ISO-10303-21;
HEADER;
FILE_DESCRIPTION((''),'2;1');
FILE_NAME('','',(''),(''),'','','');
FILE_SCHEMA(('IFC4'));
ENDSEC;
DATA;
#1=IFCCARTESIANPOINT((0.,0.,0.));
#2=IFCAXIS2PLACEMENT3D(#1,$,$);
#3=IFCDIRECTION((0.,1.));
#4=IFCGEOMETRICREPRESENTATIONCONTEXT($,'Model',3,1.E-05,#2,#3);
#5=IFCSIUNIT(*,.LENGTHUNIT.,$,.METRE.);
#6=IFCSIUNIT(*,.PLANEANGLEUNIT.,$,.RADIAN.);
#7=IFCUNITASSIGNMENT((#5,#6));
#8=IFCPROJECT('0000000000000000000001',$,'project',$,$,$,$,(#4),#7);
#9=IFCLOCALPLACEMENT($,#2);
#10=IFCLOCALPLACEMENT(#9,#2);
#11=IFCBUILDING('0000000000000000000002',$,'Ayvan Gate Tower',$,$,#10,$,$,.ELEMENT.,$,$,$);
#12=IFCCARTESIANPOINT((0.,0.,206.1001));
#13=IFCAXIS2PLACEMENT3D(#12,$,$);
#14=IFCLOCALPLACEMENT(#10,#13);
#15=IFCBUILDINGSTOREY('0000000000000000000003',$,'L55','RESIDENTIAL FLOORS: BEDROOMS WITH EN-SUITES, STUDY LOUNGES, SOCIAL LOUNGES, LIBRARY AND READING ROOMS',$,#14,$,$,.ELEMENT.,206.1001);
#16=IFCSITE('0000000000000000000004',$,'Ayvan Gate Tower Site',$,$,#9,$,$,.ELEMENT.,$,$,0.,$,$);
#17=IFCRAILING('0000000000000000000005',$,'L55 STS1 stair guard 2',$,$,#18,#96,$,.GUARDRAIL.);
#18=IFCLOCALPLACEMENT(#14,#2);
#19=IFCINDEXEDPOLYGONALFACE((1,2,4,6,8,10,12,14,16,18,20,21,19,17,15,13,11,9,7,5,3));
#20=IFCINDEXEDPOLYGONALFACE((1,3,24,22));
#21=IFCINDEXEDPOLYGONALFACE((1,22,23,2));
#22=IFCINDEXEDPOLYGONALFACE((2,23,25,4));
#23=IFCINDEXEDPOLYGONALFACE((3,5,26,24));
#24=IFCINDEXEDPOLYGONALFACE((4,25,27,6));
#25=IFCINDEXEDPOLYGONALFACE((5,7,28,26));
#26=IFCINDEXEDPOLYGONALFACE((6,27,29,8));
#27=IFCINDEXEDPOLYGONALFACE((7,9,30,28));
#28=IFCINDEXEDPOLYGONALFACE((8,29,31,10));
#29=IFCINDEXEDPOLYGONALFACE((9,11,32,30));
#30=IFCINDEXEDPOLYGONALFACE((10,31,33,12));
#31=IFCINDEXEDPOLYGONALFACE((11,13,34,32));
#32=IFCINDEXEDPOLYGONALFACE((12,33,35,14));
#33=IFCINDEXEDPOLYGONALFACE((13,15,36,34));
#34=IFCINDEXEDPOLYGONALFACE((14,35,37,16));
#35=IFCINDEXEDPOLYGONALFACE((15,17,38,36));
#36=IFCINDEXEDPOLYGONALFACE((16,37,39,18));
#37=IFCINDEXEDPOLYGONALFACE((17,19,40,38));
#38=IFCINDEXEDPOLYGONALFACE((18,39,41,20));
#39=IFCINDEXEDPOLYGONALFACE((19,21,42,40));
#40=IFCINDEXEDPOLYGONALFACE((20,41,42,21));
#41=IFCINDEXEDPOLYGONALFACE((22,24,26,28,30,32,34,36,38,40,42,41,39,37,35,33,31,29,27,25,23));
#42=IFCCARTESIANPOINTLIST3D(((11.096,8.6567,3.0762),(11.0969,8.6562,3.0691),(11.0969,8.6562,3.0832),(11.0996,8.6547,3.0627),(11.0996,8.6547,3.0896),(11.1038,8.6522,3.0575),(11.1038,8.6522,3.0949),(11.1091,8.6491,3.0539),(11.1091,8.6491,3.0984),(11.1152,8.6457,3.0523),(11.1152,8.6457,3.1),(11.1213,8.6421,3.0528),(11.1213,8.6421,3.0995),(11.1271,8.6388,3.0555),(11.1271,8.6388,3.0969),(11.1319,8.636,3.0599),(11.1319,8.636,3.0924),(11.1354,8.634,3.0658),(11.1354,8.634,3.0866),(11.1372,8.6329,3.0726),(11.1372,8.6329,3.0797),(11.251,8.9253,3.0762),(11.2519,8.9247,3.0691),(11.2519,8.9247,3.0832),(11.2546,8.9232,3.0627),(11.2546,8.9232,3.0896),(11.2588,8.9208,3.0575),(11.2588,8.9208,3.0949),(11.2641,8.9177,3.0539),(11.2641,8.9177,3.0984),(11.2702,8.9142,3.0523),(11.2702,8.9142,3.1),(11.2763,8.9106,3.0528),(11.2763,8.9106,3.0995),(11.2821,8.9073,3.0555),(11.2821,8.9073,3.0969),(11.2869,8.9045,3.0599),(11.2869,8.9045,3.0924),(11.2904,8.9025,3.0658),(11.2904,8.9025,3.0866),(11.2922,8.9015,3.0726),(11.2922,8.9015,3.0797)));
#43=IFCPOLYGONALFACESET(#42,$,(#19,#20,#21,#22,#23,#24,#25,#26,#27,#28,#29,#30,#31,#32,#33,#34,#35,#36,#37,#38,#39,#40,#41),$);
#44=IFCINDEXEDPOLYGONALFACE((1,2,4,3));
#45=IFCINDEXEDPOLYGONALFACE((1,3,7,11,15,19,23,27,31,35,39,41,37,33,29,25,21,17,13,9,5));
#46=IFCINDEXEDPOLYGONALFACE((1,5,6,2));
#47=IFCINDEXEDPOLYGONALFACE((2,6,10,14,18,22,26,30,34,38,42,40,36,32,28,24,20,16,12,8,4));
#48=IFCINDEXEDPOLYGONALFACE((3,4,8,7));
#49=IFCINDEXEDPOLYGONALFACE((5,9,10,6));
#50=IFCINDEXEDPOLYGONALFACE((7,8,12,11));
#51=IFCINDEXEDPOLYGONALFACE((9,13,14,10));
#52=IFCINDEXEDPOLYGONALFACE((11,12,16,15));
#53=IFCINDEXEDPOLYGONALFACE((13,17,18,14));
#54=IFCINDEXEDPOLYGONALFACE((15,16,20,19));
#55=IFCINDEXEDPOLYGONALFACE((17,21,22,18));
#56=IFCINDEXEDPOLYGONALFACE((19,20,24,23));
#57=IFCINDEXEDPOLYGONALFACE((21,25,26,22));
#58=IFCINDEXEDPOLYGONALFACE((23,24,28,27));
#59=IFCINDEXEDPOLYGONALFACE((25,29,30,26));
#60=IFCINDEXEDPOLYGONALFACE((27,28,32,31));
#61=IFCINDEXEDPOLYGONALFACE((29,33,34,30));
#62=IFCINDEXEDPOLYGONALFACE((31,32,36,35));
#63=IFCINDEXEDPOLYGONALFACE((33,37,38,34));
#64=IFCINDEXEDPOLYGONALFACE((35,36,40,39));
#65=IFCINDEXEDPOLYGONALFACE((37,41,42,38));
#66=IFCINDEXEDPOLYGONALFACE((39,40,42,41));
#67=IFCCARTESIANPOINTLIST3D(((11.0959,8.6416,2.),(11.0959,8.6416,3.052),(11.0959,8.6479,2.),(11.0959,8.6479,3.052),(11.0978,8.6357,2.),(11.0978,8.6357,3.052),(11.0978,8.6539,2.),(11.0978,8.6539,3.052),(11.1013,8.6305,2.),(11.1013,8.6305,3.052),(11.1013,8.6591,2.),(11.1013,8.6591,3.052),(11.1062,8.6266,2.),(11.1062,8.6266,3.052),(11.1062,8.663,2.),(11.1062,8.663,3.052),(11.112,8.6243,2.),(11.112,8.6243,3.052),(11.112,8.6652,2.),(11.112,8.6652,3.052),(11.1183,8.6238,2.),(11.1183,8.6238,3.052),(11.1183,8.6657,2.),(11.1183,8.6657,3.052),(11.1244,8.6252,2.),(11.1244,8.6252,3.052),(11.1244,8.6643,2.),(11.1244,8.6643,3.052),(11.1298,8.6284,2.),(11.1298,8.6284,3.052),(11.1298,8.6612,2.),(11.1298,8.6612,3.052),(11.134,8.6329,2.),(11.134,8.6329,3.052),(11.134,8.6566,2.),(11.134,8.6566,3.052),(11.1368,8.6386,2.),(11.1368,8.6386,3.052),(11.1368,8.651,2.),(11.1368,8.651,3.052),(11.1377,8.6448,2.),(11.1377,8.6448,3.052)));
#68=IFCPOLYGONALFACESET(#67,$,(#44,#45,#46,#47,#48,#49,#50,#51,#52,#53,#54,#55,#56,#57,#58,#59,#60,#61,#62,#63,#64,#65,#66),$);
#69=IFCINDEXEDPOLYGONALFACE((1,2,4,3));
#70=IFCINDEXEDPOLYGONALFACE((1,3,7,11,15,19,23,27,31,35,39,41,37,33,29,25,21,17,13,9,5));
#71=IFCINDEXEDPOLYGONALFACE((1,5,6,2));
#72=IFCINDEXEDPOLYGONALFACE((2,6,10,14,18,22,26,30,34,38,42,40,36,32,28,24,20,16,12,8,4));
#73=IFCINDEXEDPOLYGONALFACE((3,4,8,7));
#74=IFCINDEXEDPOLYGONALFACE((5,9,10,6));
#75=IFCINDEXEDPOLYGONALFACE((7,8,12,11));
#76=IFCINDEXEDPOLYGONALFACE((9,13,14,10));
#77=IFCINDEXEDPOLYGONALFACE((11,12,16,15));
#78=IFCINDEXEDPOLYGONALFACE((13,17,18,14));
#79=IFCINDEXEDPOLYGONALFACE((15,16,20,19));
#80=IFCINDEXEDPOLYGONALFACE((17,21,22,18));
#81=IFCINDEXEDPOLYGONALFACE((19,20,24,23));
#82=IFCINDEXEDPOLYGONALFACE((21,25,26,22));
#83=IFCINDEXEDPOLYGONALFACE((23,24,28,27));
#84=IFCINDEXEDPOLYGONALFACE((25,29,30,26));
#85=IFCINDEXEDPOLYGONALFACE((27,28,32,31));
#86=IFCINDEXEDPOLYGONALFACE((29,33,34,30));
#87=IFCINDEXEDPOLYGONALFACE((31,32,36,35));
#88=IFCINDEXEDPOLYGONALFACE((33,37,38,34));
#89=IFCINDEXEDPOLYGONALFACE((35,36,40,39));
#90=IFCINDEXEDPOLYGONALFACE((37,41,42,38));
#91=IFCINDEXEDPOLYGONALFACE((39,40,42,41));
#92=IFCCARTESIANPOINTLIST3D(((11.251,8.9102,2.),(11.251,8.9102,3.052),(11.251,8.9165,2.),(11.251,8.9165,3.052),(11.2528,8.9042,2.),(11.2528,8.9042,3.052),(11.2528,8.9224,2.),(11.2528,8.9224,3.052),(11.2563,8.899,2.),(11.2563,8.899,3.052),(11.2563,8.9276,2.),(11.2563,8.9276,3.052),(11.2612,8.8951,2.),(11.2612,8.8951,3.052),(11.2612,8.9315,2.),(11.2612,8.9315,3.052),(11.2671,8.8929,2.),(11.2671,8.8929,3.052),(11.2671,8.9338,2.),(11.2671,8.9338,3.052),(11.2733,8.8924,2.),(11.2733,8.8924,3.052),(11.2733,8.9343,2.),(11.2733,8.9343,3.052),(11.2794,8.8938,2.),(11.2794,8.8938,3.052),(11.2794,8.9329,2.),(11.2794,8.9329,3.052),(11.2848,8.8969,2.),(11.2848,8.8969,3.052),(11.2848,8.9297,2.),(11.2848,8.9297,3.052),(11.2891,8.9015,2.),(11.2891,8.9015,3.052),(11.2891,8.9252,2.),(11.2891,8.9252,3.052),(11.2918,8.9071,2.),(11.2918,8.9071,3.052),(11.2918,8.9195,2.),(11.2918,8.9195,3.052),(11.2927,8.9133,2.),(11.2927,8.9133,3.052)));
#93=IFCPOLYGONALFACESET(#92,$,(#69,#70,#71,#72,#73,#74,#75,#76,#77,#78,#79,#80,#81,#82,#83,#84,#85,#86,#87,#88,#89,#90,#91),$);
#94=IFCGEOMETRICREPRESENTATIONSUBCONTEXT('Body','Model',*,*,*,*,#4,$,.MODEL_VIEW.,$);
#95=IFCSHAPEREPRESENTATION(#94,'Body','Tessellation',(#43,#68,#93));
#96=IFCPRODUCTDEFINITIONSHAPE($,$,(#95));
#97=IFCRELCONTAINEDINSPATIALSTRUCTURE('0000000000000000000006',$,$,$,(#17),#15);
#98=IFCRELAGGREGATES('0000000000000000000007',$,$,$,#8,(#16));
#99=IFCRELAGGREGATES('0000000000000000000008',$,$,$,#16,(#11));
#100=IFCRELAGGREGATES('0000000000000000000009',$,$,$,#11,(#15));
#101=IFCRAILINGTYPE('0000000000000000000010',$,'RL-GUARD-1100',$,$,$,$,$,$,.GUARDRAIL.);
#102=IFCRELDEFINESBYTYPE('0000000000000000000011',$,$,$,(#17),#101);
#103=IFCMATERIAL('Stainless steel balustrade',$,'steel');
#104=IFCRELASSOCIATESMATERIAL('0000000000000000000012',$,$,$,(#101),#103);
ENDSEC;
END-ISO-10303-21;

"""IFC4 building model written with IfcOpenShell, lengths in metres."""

from ifc_helpers import new_model, si_unit, direction, frame, origin, origin_2d, place, context, subcontext, project, spatial, circle, extrude, material, type_object, element, save


model = new_model("IFC4")

# Units and contexts
model_context = context("Model", 3, precision=1e-05, world=origin(), true_north=direction((0.0, 1.0)))
body_context = subcontext(model_context, "Body", "Model", "MODEL_VIEW")
ifc_project = project(units=[si_unit("LENGTHUNIT", "METRE"), si_unit("PLANEANGLEUNIT", "RADIAN")], contexts=[model_context])

# Site, building, storey
site_placement = place(None, origin())
site = spatial("IfcSite", under=ifc_project, at=site_placement, Name="Ayvan Gate Tower Site", CompositionType="ELEMENT", RefElevation=0.0)
building_placement = place(site_placement, origin())
building = spatial("IfcBuilding", under=site, at=building_placement, Name="Ayvan Gate Tower", CompositionType="ELEMENT")
storey_placement = place(building_placement, frame((0.0, 0.0, 206.1001)))
storey = spatial("IfcBuildingStorey", under=building, at=storey_placement, Name="L55", Description="RESIDENTIAL FLOORS: BEDROOMS WITH EN-SUITES, STUDY LOUNGES, SOCIAL LOUNGES, LIBRARY AND READING ROOMS", CompositionType="ELEMENT", Elevation=206.1001)

# Railing
ifc_material_1 = material(Name="Stainless steel balustrade", Category="steel")
railing_type_1 = type_object("IfcRailingType", Name="RL-GUARD-1100", PredefinedType="GUARDRAIL", material=ifc_material_1)
railing_1_placement = place(storey_placement, frame((11.1167, 8.6448, 2.0)))
element("IfcRailing", 1, at=railing_1_placement, inside=storey, type_object=railing_type_1, Name="L55 STS1 stair guard 2", PredefinedType="GUARDRAIL", context=body_context, shape_type="SweptSolid", body=[
    extrude(circle(Radius=0.0239, at=origin_2d()), frame((0.0, 0.0, 1.0762), z_axis=(0.49995, 0.866054, 0.0), x_axis=(-0.866054, 0.49995, 0.0)), (0.0, 0.0, 1.0), 0.3101),
    extrude(circle(Radius=0.021, at=origin_2d()), origin(), (0.0, 0.0, 1.0), 1.052),
    extrude(circle(Radius=0.021, at=origin_2d()), frame((0.155, 0.2686, 0.0)), (0.0, 0.0, 1.0), 1.052),
])

save(model, "model.ifc")
